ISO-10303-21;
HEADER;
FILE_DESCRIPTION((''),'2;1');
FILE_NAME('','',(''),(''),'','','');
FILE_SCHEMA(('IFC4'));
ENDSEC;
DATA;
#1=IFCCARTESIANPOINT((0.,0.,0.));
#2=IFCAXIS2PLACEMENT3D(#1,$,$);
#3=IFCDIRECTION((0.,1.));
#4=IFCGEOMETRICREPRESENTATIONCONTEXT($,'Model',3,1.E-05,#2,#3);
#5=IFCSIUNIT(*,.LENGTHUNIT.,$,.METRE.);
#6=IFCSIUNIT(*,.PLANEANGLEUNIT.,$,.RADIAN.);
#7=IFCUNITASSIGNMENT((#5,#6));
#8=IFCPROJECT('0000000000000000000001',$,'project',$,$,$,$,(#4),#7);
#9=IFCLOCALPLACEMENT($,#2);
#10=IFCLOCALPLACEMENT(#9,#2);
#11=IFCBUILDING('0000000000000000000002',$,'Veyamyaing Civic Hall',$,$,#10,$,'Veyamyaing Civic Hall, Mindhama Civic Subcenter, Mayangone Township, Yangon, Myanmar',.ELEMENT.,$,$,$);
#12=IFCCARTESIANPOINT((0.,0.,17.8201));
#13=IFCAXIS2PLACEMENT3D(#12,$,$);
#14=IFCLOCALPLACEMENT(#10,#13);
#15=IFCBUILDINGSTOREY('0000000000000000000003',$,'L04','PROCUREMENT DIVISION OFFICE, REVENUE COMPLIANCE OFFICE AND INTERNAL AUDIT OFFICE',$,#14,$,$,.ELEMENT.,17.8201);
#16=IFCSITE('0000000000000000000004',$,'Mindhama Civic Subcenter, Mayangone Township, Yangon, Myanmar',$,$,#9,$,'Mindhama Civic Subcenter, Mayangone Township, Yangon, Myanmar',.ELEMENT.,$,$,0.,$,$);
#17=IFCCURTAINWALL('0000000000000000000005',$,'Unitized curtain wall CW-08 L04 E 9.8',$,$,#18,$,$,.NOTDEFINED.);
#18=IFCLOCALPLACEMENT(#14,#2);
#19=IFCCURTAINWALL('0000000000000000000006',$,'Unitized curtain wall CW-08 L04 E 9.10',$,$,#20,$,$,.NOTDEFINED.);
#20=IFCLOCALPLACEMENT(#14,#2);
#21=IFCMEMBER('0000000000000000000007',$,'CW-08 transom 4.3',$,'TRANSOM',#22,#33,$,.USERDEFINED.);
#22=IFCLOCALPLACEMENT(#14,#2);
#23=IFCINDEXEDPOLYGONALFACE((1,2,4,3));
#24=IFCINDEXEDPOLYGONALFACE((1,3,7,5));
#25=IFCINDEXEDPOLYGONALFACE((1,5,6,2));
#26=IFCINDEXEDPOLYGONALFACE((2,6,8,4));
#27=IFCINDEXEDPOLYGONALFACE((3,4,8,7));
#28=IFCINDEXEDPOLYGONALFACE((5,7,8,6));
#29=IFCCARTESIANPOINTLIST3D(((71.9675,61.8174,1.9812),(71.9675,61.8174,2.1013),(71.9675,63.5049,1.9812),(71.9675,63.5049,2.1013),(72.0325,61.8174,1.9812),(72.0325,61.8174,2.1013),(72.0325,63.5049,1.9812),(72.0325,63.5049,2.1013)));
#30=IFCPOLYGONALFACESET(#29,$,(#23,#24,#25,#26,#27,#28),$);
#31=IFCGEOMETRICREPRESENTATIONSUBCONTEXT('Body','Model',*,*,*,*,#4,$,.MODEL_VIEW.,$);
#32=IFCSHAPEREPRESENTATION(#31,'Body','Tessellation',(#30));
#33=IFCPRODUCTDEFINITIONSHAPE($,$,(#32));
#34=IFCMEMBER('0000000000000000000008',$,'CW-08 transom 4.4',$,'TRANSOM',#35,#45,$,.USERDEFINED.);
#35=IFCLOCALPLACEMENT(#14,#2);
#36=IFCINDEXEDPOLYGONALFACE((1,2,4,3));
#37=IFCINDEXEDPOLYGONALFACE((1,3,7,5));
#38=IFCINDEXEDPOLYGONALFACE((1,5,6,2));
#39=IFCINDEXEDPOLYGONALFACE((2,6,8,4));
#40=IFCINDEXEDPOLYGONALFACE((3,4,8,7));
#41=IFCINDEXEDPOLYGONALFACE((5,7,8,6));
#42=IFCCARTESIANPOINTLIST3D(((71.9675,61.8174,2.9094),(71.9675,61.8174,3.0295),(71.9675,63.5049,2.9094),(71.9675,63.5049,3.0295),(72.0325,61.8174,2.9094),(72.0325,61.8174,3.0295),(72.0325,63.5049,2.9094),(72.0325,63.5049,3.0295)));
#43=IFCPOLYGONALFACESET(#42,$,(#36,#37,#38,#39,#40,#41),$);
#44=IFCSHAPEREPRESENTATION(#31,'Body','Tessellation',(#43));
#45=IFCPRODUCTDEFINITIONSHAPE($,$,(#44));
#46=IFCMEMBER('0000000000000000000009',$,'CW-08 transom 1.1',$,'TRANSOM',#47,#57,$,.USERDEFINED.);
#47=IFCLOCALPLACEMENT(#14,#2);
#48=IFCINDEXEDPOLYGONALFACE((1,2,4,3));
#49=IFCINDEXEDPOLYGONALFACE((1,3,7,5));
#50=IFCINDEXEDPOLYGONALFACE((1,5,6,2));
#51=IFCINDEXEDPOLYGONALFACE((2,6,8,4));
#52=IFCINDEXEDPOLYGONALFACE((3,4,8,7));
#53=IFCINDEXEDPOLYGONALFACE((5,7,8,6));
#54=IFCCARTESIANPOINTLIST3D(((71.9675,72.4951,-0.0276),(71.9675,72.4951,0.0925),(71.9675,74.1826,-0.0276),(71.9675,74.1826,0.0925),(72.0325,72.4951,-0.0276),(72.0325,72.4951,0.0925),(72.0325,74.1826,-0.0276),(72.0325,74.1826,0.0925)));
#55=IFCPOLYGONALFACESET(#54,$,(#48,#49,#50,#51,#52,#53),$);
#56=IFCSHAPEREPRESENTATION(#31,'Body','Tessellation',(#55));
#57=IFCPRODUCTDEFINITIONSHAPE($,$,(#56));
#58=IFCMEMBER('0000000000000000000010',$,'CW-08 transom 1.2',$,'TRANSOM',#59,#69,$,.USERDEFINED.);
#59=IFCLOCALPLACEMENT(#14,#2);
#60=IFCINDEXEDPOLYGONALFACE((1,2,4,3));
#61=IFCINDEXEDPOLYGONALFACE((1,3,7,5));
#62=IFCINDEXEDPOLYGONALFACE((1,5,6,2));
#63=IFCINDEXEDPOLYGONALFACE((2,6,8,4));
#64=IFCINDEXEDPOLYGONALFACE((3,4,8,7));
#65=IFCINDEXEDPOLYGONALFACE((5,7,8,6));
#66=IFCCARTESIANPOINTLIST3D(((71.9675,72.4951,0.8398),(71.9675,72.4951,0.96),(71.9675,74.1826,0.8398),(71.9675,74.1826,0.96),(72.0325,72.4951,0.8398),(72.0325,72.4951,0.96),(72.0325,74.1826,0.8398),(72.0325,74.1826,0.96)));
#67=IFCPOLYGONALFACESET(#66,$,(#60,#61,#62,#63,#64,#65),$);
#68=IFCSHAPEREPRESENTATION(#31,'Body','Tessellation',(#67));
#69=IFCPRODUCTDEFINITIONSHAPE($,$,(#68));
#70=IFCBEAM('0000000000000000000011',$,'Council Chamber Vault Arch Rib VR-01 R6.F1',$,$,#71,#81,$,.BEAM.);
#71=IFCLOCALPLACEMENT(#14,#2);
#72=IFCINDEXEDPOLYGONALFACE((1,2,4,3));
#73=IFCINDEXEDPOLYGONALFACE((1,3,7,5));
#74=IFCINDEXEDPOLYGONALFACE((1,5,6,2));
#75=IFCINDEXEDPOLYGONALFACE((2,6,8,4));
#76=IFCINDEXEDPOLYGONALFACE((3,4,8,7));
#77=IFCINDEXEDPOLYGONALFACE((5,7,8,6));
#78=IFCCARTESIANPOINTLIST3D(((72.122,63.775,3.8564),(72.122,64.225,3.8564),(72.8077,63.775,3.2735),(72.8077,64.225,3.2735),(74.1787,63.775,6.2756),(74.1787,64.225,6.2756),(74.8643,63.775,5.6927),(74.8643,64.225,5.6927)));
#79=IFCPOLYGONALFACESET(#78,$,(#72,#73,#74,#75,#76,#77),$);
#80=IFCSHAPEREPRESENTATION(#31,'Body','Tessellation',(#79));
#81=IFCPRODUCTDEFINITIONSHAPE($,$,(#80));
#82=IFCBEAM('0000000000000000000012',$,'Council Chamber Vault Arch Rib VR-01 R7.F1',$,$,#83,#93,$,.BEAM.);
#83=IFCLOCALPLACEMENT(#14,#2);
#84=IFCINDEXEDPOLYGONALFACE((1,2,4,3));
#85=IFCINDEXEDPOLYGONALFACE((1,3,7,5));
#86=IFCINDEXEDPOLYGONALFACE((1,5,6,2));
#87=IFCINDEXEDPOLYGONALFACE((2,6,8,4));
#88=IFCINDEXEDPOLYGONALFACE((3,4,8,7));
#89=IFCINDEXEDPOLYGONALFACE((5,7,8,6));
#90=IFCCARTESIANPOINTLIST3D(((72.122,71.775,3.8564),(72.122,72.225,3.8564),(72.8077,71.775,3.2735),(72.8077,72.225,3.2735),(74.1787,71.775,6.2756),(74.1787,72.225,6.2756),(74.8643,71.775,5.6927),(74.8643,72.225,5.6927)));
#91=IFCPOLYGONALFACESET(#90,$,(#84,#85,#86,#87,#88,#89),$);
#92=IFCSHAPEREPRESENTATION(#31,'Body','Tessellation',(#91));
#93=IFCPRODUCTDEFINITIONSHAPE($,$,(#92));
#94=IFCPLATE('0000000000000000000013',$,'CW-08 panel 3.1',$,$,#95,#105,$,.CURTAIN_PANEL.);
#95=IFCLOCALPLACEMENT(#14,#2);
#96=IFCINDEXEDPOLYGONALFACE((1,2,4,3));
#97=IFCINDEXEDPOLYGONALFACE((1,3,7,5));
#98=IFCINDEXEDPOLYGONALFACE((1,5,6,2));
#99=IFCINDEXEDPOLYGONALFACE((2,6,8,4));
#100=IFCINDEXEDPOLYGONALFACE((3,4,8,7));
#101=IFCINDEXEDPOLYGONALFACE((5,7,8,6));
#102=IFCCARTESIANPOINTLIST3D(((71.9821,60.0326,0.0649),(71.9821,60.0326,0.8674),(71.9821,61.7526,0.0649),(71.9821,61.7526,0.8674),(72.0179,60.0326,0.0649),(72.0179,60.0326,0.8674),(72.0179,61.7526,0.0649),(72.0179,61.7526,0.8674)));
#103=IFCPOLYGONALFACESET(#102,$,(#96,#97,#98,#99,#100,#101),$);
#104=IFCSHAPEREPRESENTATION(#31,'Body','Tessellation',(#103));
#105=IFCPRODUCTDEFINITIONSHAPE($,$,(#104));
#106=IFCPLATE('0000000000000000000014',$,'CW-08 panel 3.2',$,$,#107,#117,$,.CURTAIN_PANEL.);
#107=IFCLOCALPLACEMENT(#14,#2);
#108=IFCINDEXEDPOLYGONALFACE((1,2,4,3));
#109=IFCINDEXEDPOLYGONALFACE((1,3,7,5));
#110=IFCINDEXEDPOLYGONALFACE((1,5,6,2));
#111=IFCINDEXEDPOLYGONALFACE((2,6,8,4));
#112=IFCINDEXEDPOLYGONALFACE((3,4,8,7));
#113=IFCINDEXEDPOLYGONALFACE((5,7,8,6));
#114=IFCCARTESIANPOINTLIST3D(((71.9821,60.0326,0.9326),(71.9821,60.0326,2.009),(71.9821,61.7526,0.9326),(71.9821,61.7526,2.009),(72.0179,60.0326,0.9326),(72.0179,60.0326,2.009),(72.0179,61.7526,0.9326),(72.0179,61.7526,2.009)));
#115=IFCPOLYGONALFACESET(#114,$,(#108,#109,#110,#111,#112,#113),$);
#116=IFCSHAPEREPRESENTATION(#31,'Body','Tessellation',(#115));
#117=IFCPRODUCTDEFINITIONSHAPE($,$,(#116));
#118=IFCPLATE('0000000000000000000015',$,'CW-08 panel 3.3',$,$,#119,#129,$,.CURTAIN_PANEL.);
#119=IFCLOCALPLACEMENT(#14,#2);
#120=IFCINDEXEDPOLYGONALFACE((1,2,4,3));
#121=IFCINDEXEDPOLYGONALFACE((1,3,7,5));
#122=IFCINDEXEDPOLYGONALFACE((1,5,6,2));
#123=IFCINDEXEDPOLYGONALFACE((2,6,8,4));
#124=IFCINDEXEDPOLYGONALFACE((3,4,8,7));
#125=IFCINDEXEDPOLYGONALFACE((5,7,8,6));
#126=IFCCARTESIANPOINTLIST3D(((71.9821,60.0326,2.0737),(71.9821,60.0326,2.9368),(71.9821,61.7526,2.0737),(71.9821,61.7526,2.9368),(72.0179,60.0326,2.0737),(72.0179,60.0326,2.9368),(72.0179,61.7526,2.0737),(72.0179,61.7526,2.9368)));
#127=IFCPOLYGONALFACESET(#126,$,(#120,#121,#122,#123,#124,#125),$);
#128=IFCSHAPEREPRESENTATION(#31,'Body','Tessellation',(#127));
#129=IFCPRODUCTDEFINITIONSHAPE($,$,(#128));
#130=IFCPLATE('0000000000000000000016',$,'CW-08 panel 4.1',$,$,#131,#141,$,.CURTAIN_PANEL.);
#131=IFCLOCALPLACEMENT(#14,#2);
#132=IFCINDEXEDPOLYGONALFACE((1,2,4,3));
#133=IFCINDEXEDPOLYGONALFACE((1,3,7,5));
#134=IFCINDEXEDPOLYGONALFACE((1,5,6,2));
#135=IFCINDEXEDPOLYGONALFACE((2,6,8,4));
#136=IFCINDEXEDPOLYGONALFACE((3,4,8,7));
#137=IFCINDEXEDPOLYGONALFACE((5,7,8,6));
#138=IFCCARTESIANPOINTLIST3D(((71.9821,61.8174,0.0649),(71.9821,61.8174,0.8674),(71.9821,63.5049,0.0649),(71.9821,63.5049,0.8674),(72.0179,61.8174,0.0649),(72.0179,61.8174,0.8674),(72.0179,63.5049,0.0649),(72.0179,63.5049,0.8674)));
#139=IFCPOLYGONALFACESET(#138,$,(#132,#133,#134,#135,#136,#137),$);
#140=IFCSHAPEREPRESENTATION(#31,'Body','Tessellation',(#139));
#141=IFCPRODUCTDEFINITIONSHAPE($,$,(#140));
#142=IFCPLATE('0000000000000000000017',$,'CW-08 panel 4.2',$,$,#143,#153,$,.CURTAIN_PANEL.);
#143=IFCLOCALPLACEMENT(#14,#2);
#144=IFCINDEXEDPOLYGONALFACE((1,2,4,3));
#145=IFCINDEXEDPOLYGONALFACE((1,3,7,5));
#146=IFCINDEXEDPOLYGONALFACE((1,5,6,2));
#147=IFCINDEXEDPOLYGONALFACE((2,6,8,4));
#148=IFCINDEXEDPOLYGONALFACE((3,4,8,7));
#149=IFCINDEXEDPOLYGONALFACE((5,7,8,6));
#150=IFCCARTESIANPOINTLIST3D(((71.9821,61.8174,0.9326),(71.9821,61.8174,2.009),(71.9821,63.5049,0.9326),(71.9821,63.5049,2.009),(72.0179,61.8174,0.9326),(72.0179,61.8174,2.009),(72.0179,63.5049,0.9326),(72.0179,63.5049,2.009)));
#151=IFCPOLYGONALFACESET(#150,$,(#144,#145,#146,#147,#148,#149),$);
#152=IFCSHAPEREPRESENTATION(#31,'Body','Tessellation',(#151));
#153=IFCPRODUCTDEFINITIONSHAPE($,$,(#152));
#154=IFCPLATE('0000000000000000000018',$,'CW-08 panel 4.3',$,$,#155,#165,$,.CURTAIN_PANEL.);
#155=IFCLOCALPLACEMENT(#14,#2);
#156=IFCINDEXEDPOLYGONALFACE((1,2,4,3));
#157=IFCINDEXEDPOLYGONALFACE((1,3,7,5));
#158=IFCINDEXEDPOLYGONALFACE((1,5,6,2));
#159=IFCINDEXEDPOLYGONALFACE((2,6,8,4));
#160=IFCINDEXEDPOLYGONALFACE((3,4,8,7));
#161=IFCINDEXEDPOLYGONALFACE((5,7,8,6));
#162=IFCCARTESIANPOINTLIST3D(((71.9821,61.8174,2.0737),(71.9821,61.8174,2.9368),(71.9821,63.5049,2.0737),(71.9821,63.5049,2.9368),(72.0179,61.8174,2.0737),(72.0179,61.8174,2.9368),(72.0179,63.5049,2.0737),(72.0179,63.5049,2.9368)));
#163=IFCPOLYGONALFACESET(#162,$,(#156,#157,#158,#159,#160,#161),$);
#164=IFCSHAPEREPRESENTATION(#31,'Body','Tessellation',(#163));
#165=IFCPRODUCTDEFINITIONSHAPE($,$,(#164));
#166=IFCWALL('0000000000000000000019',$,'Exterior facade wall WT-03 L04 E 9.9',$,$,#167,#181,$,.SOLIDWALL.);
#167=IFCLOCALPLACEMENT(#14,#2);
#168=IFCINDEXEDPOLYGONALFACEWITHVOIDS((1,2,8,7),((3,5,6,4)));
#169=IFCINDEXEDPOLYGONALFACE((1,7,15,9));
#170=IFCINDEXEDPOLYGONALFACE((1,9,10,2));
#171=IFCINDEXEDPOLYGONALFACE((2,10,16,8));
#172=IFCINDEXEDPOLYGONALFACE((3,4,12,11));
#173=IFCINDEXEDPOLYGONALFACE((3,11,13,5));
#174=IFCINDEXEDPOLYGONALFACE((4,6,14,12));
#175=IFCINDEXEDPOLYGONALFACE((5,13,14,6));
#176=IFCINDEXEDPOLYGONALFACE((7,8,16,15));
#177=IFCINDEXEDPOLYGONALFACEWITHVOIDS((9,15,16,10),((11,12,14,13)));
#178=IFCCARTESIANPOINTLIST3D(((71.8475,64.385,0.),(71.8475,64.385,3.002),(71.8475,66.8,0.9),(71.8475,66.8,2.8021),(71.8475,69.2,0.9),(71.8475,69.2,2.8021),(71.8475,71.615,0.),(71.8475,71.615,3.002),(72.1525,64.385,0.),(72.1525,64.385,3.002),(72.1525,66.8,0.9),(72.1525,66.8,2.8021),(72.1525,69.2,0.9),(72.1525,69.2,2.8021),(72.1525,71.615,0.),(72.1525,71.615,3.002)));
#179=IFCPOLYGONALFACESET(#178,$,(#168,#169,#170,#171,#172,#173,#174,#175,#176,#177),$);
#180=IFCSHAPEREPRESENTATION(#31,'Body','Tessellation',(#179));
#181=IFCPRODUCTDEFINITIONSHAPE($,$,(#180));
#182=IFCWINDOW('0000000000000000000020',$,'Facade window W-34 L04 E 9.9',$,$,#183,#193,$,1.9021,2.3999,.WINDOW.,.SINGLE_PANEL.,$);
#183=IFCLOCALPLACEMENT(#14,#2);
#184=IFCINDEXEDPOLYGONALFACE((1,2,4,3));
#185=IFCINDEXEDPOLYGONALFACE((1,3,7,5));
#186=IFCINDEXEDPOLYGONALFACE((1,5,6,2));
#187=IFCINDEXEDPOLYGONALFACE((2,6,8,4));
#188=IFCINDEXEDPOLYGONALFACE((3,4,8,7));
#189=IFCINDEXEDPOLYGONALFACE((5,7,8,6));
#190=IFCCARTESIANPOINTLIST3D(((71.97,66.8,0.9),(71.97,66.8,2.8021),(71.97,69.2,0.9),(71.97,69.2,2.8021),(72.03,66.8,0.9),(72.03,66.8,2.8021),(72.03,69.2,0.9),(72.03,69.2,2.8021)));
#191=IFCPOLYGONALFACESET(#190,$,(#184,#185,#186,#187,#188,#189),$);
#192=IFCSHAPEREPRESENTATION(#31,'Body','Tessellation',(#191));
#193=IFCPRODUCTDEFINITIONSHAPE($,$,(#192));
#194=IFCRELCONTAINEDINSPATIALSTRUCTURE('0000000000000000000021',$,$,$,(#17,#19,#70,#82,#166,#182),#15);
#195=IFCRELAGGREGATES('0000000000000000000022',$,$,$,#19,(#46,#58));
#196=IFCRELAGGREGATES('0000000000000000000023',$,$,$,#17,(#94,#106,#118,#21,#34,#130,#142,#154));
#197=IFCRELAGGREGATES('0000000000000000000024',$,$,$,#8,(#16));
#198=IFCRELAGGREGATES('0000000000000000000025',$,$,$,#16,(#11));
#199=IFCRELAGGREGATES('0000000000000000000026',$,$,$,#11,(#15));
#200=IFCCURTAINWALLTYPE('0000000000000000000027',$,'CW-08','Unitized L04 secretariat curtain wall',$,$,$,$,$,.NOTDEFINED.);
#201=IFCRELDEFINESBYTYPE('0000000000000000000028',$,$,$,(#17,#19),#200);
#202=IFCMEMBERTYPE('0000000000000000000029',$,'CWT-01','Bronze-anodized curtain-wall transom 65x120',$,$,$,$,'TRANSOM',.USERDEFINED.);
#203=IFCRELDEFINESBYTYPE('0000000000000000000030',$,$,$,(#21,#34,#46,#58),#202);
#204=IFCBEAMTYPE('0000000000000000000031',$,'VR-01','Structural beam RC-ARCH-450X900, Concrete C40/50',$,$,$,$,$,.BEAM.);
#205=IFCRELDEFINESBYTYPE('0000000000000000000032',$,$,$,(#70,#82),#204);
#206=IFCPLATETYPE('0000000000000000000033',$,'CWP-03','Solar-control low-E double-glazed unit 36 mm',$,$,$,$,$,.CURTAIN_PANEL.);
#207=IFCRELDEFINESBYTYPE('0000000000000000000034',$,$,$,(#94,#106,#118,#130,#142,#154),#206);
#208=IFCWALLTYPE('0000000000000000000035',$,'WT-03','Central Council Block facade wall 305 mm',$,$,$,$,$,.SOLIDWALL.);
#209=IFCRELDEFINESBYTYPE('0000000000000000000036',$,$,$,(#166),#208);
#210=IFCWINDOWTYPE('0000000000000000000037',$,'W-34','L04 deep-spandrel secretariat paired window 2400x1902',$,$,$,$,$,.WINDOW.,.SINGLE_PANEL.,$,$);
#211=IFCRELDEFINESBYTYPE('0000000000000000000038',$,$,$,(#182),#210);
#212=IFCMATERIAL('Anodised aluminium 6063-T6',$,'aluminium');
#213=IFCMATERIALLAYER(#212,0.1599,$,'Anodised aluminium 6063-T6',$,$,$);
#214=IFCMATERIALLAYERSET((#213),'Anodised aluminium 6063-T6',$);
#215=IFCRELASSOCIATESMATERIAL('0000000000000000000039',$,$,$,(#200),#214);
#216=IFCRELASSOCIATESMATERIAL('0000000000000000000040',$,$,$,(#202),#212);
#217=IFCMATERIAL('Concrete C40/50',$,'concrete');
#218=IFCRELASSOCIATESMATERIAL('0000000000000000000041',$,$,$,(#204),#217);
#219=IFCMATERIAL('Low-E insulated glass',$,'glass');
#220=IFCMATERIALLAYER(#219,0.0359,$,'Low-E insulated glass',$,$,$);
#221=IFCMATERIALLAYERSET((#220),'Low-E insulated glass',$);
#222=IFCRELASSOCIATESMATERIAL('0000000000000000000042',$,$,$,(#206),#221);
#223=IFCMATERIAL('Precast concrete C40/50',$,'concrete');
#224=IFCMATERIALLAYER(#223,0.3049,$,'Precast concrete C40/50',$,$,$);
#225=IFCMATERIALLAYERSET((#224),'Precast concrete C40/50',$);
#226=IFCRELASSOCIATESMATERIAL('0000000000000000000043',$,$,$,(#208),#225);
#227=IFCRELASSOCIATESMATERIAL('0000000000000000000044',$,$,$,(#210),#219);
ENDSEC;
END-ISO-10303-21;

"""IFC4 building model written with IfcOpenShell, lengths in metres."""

from ifc_helpers import new_model, si_unit, direction, frame, frame_2d, origin, origin_2d, place, context, subcontext, project, spatial, rectangle, extrude, material, layer, layer_set, material_profile, profile_set, type_object, element, fill, aggregate, save


model = new_model("IFC4")

# Units and contexts
model_context = context("Model", 3, precision=1e-05, world=origin(), true_north=direction((0.0, 1.0)))
body_context = subcontext(model_context, "Body", "Model", "MODEL_VIEW")
ifc_project = project(units=[si_unit("LENGTHUNIT", "METRE"), si_unit("PLANEANGLEUNIT", "RADIAN")], contexts=[model_context])

# Site, building, storey
site_placement = place(None, origin())
site = spatial("IfcSite", under=ifc_project, at=site_placement, Name="Mindhama Civic Subcenter, Mayangone Township, Yangon, Myanmar", LongName="Mindhama Civic Subcenter, Mayangone Township, Yangon, Myanmar", CompositionType="ELEMENT", RefElevation=0.0)
building_placement = place(site_placement, origin())
building = spatial("IfcBuilding", under=site, at=building_placement, Name="Veyamyaing Civic Hall", LongName="Veyamyaing Civic Hall, Mindhama Civic Subcenter, Mayangone Township, Yangon, Myanmar", CompositionType="ELEMENT")
storey_placement = place(building_placement, frame((0.0, 0.0, 17.8201)))
storey = spatial("IfcBuildingStorey", under=building, at=storey_placement, Name="L04", Description="PROCUREMENT DIVISION OFFICE, REVENUE COMPLIANCE OFFICE AND INTERNAL AUDIT OFFICE", CompositionType="ELEMENT", Elevation=17.8201)

# Curtain wall
ifc_material_1 = material(Name="Anodised aluminium 6063-T6", Category="aluminium")
ifc_layer_1 = layer(ifc_material_1, 0.1599, Name="Anodised aluminium 6063-T6")
ifc_layer_set_1 = layer_set([ifc_layer_1], Name="Anodised aluminium 6063-T6")
curtain_wall_type = type_object("IfcCurtainWallType", Name="CW-08", Description="Unitized L04 secretariat curtain wall", PredefinedType="NOTDEFINED", material=ifc_layer_set_1)
curtain_wall_1_placement = place(storey_placement, origin())
curtain_wall_1 = element("IfcCurtainWall", 1, at=curtain_wall_1_placement, inside=storey, type_object=curtain_wall_type, Name="Unitized curtain wall CW-08 L04 E 9.8", PredefinedType="NOTDEFINED")

# Curtain wall
curtain_wall_2_placement = place(storey_placement, origin())
curtain_wall_2 = element("IfcCurtainWall", 2, at=curtain_wall_2_placement, inside=storey, type_object=curtain_wall_type, Name="Unitized curtain wall CW-08 L04 E 9.10", PredefinedType="NOTDEFINED")

# Members
ifc_material_profile_1 = material_profile(ifc_material_1, rectangle(XDim=0.0649, YDim=0.1201, at=origin_2d()), Name="ALU-TRN-65X120")
ifc_profile_set_1 = profile_set([ifc_material_profile_1], Name="Anodised aluminium 6063-T6")
member_type_1 = type_object("IfcMemberType", Name="CWT-01", Description="Bronze-anodized curtain-wall transom 65x120", ElementType="TRANSOM", PredefinedType="USERDEFINED", material=ifc_profile_set_1)
member_1_placement = place(storey_placement, frame((72.0, 61.8174, 2.0413), z_axis=(0.0, 1.0, 0.0), x_axis=(-1.0, 0.0, 0.0)))
member_1 = element("IfcMember", 3, at=member_1_placement, type_object=member_type_1, Name="CW-08 transom 4.3", ObjectType="TRANSOM", PredefinedType="USERDEFINED", context=body_context, shape_type="SweptSolid", body=[
    extrude(rectangle(XDim=0.0649, YDim=0.1201, at=origin_2d()), origin(), (0.0, 0.0, 1.0), 1.6875),
])
member_2_placement = place(storey_placement, frame((72.0, 61.8174, 2.9695), z_axis=(0.0, 1.0, 0.0), x_axis=(-1.0, 0.0, 0.0)))
member_2 = element("IfcMember", 4, at=member_2_placement, type_object=member_type_1, Name="CW-08 transom 4.4", ObjectType="TRANSOM", PredefinedType="USERDEFINED", context=body_context, shape_type="SweptSolid", body=[
    extrude(rectangle(XDim=0.0649, YDim=0.1201, at=origin_2d()), origin(), (0.0, 0.0, 1.0), 1.6875),
])
member_3_placement = place(storey_placement, frame((72.0, 72.4951, 0.0325), z_axis=(0.0, 1.0, 0.0), x_axis=(-1.0, 0.0, 0.0)))
member_3 = element("IfcMember", 5, at=member_3_placement, type_object=member_type_1, Name="CW-08 transom 1.1", ObjectType="TRANSOM", PredefinedType="USERDEFINED", context=body_context, shape_type="SweptSolid", body=[
    extrude(rectangle(XDim=0.0649, YDim=0.1201, at=origin_2d()), origin(), (0.0, 0.0, 1.0), 1.6875),
])
member_4_placement = place(storey_placement, frame((72.0, 72.4951, 0.8999), z_axis=(0.0, 1.0, 0.0), x_axis=(-1.0, 0.0, 0.0)))
member_4 = element("IfcMember", 6, at=member_4_placement, type_object=member_type_1, Name="CW-08 transom 1.2", ObjectType="TRANSOM", PredefinedType="USERDEFINED", context=body_context, shape_type="SweptSolid", body=[
    extrude(rectangle(XDim=0.0649, YDim=0.1201, at=origin_2d()), origin(), (0.0, 0.0, 1.0), 1.6875),
])
aggregate(curtain_wall_2, [member_3, member_4])

# Beams
ifc_material_2 = material(Name="Concrete C40/50", Category="concrete")
ifc_material_profile_2 = material_profile(ifc_material_2, rectangle(XDim=0.45, YDim=0.8999, at=origin_2d()), Name="RC-ARCH-450X900")
ifc_profile_set_2 = profile_set([ifc_material_profile_2], Name="Concrete C40/50")
beam_type_1 = type_object("IfcBeamType", Name="VR-01", Description="Structural beam RC-ARCH-450X900, Concrete C40/50", PredefinedType="BEAM", material=ifc_profile_set_2)
for number, where, z_axis, x_axis, name in (
    (7, (72.4648, 64.0, 3.5649), (0.647709, 0.0, 0.761888), (0.0, 1.0, 0.0), "Council Chamber Vault Arch Rib VR-01 R6.F1"),
    (8, (72.4648, 72.0, 3.5649), (0.647709, 0.0, 0.761888), (0.0, 1.0, 0.0), "Council Chamber Vault Arch Rib VR-01 R7.F1"),
):
    element("IfcBeam", number, at=place(storey_placement, frame(where, z_axis=z_axis, x_axis=x_axis)), inside=storey, type_object=beam_type_1, Name=name, PredefinedType="BEAM", context=body_context, shape_type="SweptSolid", body=[
        extrude(rectangle(XDim=0.45, YDim=0.8999, at=origin_2d()), origin(), (0.0, 0.0, 1.0), 3.1753),
    ])

# Plates
ifc_material_3 = material(Name="Low-E insulated glass", Category="glass")
ifc_layer_2 = layer(ifc_material_3, 0.0359, Name="Low-E insulated glass")
ifc_layer_set_2 = layer_set([ifc_layer_2], Name="Low-E insulated glass")
plate_type = type_object("IfcPlateType", Name="CWP-03", Description="Solar-control low-E double-glazed unit 36 mm", PredefinedType="CURTAIN_PANEL", material=ifc_layer_set_2)
plate_1_placement = place(storey_placement, frame((72.0, 60.8926, 0.0649), z_axis=(0.0, 0.0, 1.0), x_axis=(0.0, 1.0, 0.0)))
plate_1 = element("IfcPlate", 9, at=plate_1_placement, type_object=plate_type, Name="CW-08 panel 3.1", PredefinedType="CURTAIN_PANEL", context=body_context, shape_type="SweptSolid", body=[
    extrude(rectangle(XDim=1.72, YDim=0.0359, at=origin_2d()), origin(), (0.0, 0.0, 1.0), 0.8025),
])
plate_2_placement = place(storey_placement, frame((72.0, 60.8926, 0.9326), z_axis=(0.0, 0.0, 1.0), x_axis=(0.0, 1.0, 0.0)))
plate_2 = element("IfcPlate", 10, at=plate_2_placement, type_object=plate_type, Name="CW-08 panel 3.2", PredefinedType="CURTAIN_PANEL", context=body_context, shape_type="SweptSolid", body=[
    extrude(rectangle(XDim=1.72, YDim=0.0359, at=origin_2d()), origin(), (0.0, 0.0, 1.0), 1.0764),
])
plate_3_placement = place(storey_placement, frame((72.0, 60.8926, 2.0737), z_axis=(0.0, 0.0, 1.0), x_axis=(0.0, 1.0, 0.0)))
plate_3 = element("IfcPlate", 11, at=plate_3_placement, type_object=plate_type, Name="CW-08 panel 3.3", PredefinedType="CURTAIN_PANEL", context=body_context, shape_type="SweptSolid", body=[
    extrude(rectangle(XDim=1.72, YDim=0.0359, at=origin_2d()), origin(), (0.0, 0.0, 1.0), 0.863),
])
plate_4_placement = place(storey_placement, frame((72.0, 62.6611, 0.0649), z_axis=(0.0, 0.0, 1.0), x_axis=(0.0, 1.0, 0.0)))
plate_4 = element("IfcPlate", 12, at=plate_4_placement, type_object=plate_type, Name="CW-08 panel 4.1", PredefinedType="CURTAIN_PANEL", context=body_context, shape_type="SweptSolid", body=[
    extrude(rectangle(XDim=1.6875, YDim=0.0359, at=origin_2d()), origin(), (0.0, 0.0, 1.0), 0.8025),
])
plate_5_placement = place(storey_placement, frame((72.0, 62.6611, 0.9326), z_axis=(0.0, 0.0, 1.0), x_axis=(0.0, 1.0, 0.0)))
plate_5 = element("IfcPlate", 13, at=plate_5_placement, type_object=plate_type, Name="CW-08 panel 4.2", PredefinedType="CURTAIN_PANEL", context=body_context, shape_type="SweptSolid", body=[
    extrude(rectangle(XDim=1.6875, YDim=0.0359, at=origin_2d()), origin(), (0.0, 0.0, 1.0), 1.0764),
])
plate_6_placement = place(storey_placement, frame((72.0, 62.6611, 2.0737), z_axis=(0.0, 0.0, 1.0), x_axis=(0.0, 1.0, 0.0)))
plate_6 = element("IfcPlate", 14, at=plate_6_placement, type_object=plate_type, Name="CW-08 panel 4.3", PredefinedType="CURTAIN_PANEL", context=body_context, shape_type="SweptSolid", body=[
    extrude(rectangle(XDim=1.6875, YDim=0.0359, at=origin_2d()), origin(), (0.0, 0.0, 1.0), 0.863),
])
aggregate(curtain_wall_1, [plate_1, plate_2, plate_3, member_1, member_2, plate_4, plate_5, plate_6])

# Wall, opening, window
ifc_material_4 = material(Name="Precast concrete C40/50", Category="concrete")
ifc_layer_3 = layer(ifc_material_4, 0.3049, Name="Precast concrete C40/50")
ifc_layer_set_3 = layer_set([ifc_layer_3], Name="Precast concrete C40/50")
wall_type = type_object("IfcWallType", Name="WT-03", Description="Central Council Block facade wall 305 mm", PredefinedType="SOLIDWALL", material=ifc_layer_set_3)
wall_placement = place(storey_placement, frame((72.0, 64.385, 0.0), z_axis=(0.0, 0.0, 1.0), x_axis=(0.0, 1.0, 0.0)))
wall = element("IfcWall", 15, at=wall_placement, inside=storey, type_object=wall_type, Name="Exterior facade wall WT-03 L04 E 9.9", PredefinedType="SOLIDWALL", context=body_context, shape_type="SweptSolid", body=[
    extrude(rectangle(XDim=7.23, YDim=0.3049, at=frame_2d((3.615, 0.0))), origin(), (0.0, 0.0, 1.0), 3.002),
])
opening_placement = place(wall_placement, frame((2.415, 0.0, 0.8999)))
opening = element("IfcOpeningElement", 16, at=opening_placement, cuts=wall, PredefinedType="OPENING", context=body_context, shape_type="SweptSolid", body=[
    extrude(rectangle(XDim=2.3999, YDim=1.9021, at=frame_2d((1.2, 0.9512))), frame((0.0, 0.1624, 0.0), z_axis=(0.0, -1.0, 0.0), x_axis=(1.0, 0.0, 0.0)), (0.0, 0.0, 1.0), 0.325),
])
window_type = type_object("IfcWindowType", Name="W-34", Description="L04 deep-spandrel secretariat paired window 2400x1902", PartitioningType="SINGLE_PANEL", PredefinedType="WINDOW", material=ifc_material_3)
window_placement = place(opening_placement, origin())
window = element("IfcWindow", 17, at=window_placement, inside=storey, type_object=window_type, Name="Facade window W-34 L04 E 9.9", OverallHeight=1.9021, OverallWidth=2.3999, PartitioningType="SINGLE_PANEL", PredefinedType="WINDOW", context=body_context, shape_type="SweptSolid", body=[
    extrude(rectangle(XDim=2.3999, YDim=1.9021, at=frame_2d((1.2, 0.9512))), frame((0.0, 0.03, 0.0), z_axis=(0.0, -1.0, 0.0), x_axis=(1.0, 0.0, 0.0)), (0.0, 0.0, 1.0), 0.0601),
])
fill(opening, window)

save(model, "model.ifc")
